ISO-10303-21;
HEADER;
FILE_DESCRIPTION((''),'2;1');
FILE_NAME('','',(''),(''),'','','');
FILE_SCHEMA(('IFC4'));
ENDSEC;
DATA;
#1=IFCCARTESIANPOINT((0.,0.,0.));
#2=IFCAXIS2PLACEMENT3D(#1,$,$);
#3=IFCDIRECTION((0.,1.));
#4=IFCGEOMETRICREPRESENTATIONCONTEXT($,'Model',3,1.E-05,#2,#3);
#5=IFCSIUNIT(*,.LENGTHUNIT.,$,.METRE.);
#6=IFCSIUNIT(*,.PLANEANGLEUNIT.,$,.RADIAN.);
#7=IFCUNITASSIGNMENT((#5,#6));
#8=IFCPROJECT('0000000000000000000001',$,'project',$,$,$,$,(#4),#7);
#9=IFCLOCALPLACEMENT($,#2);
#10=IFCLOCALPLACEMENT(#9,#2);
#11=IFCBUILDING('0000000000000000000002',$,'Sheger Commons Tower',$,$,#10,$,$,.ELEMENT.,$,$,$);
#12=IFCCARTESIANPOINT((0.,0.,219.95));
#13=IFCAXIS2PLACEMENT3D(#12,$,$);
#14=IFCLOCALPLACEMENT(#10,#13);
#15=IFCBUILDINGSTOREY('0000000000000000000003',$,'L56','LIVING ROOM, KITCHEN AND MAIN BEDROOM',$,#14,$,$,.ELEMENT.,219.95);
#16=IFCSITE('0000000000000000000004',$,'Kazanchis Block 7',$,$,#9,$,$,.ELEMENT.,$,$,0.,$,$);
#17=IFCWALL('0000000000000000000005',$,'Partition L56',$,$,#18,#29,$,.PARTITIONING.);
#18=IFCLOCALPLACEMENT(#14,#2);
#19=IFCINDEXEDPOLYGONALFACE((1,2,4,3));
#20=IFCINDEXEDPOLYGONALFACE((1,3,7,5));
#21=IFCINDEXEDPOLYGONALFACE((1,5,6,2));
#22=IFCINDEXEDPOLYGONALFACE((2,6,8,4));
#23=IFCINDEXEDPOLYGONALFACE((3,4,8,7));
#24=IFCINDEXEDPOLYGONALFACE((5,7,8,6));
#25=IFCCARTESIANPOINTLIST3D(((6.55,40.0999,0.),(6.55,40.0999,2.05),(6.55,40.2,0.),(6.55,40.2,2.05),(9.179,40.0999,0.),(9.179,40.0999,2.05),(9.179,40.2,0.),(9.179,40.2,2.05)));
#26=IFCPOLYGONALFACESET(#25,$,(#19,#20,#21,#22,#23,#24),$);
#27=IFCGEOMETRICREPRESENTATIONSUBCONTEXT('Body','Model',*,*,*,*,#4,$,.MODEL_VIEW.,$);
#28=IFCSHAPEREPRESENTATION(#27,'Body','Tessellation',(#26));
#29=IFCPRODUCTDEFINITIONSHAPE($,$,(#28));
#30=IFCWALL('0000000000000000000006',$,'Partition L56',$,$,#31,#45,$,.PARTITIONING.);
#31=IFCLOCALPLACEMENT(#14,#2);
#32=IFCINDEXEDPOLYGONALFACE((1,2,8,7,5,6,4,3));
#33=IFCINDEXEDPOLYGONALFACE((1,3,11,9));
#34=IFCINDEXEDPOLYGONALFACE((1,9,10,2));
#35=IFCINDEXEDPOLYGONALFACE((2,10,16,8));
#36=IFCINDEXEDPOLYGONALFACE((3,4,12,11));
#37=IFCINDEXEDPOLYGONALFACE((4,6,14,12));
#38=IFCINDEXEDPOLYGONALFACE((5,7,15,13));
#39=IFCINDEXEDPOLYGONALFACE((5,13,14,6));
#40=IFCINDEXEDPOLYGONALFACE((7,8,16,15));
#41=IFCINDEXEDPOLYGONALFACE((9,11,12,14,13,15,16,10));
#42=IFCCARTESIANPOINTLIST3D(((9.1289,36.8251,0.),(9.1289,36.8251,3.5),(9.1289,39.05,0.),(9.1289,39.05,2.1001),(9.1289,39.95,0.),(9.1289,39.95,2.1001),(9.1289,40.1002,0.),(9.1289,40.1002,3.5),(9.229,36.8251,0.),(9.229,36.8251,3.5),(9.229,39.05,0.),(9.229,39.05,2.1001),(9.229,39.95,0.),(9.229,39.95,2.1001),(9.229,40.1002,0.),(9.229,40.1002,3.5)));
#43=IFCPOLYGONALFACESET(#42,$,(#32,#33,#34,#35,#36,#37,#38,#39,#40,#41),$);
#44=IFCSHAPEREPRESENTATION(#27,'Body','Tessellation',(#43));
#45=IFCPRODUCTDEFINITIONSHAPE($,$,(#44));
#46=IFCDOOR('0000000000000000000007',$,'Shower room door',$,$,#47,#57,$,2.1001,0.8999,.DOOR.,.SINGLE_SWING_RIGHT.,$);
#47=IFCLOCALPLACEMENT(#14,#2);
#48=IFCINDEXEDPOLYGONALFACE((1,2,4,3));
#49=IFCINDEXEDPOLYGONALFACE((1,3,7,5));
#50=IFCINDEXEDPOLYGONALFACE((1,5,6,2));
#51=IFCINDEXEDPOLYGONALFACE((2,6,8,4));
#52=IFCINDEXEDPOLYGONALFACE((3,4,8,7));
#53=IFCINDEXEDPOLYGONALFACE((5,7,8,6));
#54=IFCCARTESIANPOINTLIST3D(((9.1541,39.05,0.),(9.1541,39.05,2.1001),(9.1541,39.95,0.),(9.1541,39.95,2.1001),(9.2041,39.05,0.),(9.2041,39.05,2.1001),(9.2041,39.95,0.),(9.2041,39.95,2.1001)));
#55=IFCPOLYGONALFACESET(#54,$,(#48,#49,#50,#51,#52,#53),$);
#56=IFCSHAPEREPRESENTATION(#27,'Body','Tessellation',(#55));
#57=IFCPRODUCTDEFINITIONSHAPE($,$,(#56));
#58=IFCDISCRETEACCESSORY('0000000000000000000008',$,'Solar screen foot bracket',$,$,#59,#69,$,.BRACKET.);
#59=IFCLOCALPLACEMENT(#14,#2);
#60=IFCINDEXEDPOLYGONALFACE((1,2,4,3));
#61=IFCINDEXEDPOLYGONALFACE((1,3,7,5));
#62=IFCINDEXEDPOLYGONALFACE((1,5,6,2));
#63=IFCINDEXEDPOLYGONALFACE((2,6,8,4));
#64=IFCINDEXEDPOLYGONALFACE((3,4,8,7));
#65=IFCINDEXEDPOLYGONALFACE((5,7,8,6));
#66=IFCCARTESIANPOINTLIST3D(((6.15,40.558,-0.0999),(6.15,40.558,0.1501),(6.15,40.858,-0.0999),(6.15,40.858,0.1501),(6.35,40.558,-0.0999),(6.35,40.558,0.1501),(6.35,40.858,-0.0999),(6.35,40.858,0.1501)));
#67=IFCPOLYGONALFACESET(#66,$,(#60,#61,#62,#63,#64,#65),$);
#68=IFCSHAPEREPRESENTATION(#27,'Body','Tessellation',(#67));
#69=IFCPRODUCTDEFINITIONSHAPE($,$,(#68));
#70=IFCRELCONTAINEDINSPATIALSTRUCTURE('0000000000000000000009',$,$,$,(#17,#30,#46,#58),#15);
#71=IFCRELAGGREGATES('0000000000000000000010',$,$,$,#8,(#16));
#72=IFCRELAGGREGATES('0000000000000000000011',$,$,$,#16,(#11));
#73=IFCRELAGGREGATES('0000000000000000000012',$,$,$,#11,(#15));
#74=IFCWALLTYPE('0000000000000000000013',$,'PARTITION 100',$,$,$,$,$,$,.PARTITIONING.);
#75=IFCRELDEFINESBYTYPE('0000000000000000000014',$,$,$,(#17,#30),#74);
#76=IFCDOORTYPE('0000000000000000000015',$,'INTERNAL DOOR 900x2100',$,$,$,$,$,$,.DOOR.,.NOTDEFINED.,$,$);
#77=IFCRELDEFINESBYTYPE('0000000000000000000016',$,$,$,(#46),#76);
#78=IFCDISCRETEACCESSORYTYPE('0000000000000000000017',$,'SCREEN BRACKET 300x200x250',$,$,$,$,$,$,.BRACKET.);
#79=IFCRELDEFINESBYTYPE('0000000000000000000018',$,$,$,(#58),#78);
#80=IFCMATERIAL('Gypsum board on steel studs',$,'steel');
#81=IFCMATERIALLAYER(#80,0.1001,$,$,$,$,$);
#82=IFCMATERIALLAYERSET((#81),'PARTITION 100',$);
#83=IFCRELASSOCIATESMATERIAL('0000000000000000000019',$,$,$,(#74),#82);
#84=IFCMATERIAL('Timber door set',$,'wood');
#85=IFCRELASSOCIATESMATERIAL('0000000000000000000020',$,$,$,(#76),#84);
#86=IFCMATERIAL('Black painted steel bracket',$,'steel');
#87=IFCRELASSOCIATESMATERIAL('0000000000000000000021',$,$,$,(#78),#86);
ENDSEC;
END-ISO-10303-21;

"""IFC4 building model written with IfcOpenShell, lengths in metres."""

from ifc_helpers import new_model, si_unit, direction, frame, frame_2d, origin, origin_2d, place, context, subcontext, project, spatial, rectangle, extrude, material, layer, layer_set, type_object, element, fill, save


model = new_model("IFC4")

# Units and contexts
model_context = context("Model", 3, precision=1e-05, world=origin(), true_north=direction((0.0, 1.0)))
body_context = subcontext(model_context, "Body", "Model", "MODEL_VIEW")
ifc_project = project(units=[si_unit("LENGTHUNIT", "METRE"), si_unit("PLANEANGLEUNIT", "RADIAN")], contexts=[model_context])

# Site, building, storey
site_placement = place(None, origin())
site = spatial("IfcSite", under=ifc_project, at=site_placement, Name="Kazanchis Block 7", CompositionType="ELEMENT", RefElevation=0.0)
building_placement = place(site_placement, origin())
building = spatial("IfcBuilding", under=site, at=building_placement, Name="Sheger Commons Tower", CompositionType="ELEMENT")
storey_placement = place(building_placement, frame((0.0, 0.0, 219.95)))
storey = spatial("IfcBuildingStorey", under=building, at=storey_placement, Name="L56", Description="LIVING ROOM, KITCHEN AND MAIN BEDROOM", CompositionType="ELEMENT", Elevation=219.95)

# Wall
ifc_material_1 = material(Name="Gypsum board on steel studs", Category="steel")
ifc_layer_1 = layer(ifc_material_1, 0.1001)
ifc_layer_set_1 = layer_set([ifc_layer_1], Name="PARTITION 100")
wall_type_1 = type_object("IfcWallType", Name="PARTITION 100", PredefinedType="PARTITIONING", material=ifc_layer_set_1)
wall_1_placement = place(storey_placement, frame((6.55, 40.1499, 0.0), z_axis=(0.0, 0.0, 1.0), x_axis=(1.0, 0.0, 0.0)))
element("IfcWall", 1, at=wall_1_placement, inside=storey, type_object=wall_type_1, Name="Partition L56", PredefinedType="PARTITIONING", context=body_context, shape_type="SweptSolid", body=[
    extrude(rectangle(XDim=2.6289, YDim=0.1001, at=frame_2d((1.3145, 0.0))), origin(), (0.0, 0.0, 1.0), 2.05),
])

# Wall, opening, door
wall_2_placement = place(storey_placement, frame((9.179, 36.825, 0.0), z_axis=(0.0, 0.0, 1.0), x_axis=(0.0, 1.0, 0.0)))
wall_2 = element("IfcWall", 2, at=wall_2_placement, inside=storey, type_object=wall_type_1, Name="Partition L56", PredefinedType="PARTITIONING", context=body_context, shape_type="SweptSolid", body=[
    extrude(rectangle(XDim=3.2751, YDim=0.1001, at=frame_2d((1.6377, 0.0))), origin(), (0.0, 0.0, 1.0), 3.5),
])
opening_1_placement = place(wall_2_placement, frame((2.2251, 0.0, 0.0)))
opening_1 = element("IfcOpeningElement", 3, at=opening_1_placement, cuts=wall_2, PredefinedType="OPENING", context=body_context, shape_type="SweptSolid", body=[
    extrude(rectangle(XDim=0.8999, YDim=2.1001, at=frame_2d((0.45, 1.05))), frame((0.0, 0.0601, 0.0), z_axis=(0.0, -1.0, 0.0), x_axis=(1.0, 0.0, 0.0)), (0.0, 0.0, 1.0), 0.1201),
])
ifc_material_2 = material(Name="Timber door set", Category="wood")
door_type_1 = type_object("IfcDoorType", Name="INTERNAL DOOR 900x2100", OperationType="NOTDEFINED", PredefinedType="DOOR", material=ifc_material_2)
door_1_placement = place(opening_1_placement, origin())
door_1 = element("IfcDoor", 4, at=door_1_placement, inside=storey, type_object=door_type_1, Name="Shower room door", OperationType="SINGLE_SWING_RIGHT", OverallHeight=2.1001, OverallWidth=0.8999, PredefinedType="DOOR", context=body_context, shape_type="SweptSolid", body=[
    extrude(rectangle(XDim=0.8999, YDim=2.1001, at=frame_2d((0.45, 1.05))), frame((0.0, 0.0249, 0.0), z_axis=(0.0, -1.0, 0.0), x_axis=(1.0, 0.0, 0.0)), (0.0, 0.0, 1.0), 0.05),
])
fill(opening_1, door_1)

# Discrete accessory
ifc_material_3 = material(Name="Black painted steel bracket", Category="steel")
discrete_accessory_type = type_object("IfcDiscreteAccessoryType", Name="SCREEN BRACKET 300x200x250", PredefinedType="BRACKET", material=ifc_material_3)
discrete_accessory_placement = place(storey_placement, frame((6.25, 40.708, -0.0999), z_axis=(0.0, 0.0, 1.0), x_axis=(0.0, -1.0, 0.0)))
element("IfcDiscreteAccessory", 5, at=discrete_accessory_placement, inside=storey, type_object=discrete_accessory_type, Name="Solar screen foot bracket", PredefinedType="BRACKET", context=body_context, shape_type="SweptSolid", body=[
    extrude(rectangle(XDim=0.3, YDim=0.2, at=origin_2d()), origin(), (0.0, 0.0, 1.0), 0.25),
])

save(model, "model.ifc")
